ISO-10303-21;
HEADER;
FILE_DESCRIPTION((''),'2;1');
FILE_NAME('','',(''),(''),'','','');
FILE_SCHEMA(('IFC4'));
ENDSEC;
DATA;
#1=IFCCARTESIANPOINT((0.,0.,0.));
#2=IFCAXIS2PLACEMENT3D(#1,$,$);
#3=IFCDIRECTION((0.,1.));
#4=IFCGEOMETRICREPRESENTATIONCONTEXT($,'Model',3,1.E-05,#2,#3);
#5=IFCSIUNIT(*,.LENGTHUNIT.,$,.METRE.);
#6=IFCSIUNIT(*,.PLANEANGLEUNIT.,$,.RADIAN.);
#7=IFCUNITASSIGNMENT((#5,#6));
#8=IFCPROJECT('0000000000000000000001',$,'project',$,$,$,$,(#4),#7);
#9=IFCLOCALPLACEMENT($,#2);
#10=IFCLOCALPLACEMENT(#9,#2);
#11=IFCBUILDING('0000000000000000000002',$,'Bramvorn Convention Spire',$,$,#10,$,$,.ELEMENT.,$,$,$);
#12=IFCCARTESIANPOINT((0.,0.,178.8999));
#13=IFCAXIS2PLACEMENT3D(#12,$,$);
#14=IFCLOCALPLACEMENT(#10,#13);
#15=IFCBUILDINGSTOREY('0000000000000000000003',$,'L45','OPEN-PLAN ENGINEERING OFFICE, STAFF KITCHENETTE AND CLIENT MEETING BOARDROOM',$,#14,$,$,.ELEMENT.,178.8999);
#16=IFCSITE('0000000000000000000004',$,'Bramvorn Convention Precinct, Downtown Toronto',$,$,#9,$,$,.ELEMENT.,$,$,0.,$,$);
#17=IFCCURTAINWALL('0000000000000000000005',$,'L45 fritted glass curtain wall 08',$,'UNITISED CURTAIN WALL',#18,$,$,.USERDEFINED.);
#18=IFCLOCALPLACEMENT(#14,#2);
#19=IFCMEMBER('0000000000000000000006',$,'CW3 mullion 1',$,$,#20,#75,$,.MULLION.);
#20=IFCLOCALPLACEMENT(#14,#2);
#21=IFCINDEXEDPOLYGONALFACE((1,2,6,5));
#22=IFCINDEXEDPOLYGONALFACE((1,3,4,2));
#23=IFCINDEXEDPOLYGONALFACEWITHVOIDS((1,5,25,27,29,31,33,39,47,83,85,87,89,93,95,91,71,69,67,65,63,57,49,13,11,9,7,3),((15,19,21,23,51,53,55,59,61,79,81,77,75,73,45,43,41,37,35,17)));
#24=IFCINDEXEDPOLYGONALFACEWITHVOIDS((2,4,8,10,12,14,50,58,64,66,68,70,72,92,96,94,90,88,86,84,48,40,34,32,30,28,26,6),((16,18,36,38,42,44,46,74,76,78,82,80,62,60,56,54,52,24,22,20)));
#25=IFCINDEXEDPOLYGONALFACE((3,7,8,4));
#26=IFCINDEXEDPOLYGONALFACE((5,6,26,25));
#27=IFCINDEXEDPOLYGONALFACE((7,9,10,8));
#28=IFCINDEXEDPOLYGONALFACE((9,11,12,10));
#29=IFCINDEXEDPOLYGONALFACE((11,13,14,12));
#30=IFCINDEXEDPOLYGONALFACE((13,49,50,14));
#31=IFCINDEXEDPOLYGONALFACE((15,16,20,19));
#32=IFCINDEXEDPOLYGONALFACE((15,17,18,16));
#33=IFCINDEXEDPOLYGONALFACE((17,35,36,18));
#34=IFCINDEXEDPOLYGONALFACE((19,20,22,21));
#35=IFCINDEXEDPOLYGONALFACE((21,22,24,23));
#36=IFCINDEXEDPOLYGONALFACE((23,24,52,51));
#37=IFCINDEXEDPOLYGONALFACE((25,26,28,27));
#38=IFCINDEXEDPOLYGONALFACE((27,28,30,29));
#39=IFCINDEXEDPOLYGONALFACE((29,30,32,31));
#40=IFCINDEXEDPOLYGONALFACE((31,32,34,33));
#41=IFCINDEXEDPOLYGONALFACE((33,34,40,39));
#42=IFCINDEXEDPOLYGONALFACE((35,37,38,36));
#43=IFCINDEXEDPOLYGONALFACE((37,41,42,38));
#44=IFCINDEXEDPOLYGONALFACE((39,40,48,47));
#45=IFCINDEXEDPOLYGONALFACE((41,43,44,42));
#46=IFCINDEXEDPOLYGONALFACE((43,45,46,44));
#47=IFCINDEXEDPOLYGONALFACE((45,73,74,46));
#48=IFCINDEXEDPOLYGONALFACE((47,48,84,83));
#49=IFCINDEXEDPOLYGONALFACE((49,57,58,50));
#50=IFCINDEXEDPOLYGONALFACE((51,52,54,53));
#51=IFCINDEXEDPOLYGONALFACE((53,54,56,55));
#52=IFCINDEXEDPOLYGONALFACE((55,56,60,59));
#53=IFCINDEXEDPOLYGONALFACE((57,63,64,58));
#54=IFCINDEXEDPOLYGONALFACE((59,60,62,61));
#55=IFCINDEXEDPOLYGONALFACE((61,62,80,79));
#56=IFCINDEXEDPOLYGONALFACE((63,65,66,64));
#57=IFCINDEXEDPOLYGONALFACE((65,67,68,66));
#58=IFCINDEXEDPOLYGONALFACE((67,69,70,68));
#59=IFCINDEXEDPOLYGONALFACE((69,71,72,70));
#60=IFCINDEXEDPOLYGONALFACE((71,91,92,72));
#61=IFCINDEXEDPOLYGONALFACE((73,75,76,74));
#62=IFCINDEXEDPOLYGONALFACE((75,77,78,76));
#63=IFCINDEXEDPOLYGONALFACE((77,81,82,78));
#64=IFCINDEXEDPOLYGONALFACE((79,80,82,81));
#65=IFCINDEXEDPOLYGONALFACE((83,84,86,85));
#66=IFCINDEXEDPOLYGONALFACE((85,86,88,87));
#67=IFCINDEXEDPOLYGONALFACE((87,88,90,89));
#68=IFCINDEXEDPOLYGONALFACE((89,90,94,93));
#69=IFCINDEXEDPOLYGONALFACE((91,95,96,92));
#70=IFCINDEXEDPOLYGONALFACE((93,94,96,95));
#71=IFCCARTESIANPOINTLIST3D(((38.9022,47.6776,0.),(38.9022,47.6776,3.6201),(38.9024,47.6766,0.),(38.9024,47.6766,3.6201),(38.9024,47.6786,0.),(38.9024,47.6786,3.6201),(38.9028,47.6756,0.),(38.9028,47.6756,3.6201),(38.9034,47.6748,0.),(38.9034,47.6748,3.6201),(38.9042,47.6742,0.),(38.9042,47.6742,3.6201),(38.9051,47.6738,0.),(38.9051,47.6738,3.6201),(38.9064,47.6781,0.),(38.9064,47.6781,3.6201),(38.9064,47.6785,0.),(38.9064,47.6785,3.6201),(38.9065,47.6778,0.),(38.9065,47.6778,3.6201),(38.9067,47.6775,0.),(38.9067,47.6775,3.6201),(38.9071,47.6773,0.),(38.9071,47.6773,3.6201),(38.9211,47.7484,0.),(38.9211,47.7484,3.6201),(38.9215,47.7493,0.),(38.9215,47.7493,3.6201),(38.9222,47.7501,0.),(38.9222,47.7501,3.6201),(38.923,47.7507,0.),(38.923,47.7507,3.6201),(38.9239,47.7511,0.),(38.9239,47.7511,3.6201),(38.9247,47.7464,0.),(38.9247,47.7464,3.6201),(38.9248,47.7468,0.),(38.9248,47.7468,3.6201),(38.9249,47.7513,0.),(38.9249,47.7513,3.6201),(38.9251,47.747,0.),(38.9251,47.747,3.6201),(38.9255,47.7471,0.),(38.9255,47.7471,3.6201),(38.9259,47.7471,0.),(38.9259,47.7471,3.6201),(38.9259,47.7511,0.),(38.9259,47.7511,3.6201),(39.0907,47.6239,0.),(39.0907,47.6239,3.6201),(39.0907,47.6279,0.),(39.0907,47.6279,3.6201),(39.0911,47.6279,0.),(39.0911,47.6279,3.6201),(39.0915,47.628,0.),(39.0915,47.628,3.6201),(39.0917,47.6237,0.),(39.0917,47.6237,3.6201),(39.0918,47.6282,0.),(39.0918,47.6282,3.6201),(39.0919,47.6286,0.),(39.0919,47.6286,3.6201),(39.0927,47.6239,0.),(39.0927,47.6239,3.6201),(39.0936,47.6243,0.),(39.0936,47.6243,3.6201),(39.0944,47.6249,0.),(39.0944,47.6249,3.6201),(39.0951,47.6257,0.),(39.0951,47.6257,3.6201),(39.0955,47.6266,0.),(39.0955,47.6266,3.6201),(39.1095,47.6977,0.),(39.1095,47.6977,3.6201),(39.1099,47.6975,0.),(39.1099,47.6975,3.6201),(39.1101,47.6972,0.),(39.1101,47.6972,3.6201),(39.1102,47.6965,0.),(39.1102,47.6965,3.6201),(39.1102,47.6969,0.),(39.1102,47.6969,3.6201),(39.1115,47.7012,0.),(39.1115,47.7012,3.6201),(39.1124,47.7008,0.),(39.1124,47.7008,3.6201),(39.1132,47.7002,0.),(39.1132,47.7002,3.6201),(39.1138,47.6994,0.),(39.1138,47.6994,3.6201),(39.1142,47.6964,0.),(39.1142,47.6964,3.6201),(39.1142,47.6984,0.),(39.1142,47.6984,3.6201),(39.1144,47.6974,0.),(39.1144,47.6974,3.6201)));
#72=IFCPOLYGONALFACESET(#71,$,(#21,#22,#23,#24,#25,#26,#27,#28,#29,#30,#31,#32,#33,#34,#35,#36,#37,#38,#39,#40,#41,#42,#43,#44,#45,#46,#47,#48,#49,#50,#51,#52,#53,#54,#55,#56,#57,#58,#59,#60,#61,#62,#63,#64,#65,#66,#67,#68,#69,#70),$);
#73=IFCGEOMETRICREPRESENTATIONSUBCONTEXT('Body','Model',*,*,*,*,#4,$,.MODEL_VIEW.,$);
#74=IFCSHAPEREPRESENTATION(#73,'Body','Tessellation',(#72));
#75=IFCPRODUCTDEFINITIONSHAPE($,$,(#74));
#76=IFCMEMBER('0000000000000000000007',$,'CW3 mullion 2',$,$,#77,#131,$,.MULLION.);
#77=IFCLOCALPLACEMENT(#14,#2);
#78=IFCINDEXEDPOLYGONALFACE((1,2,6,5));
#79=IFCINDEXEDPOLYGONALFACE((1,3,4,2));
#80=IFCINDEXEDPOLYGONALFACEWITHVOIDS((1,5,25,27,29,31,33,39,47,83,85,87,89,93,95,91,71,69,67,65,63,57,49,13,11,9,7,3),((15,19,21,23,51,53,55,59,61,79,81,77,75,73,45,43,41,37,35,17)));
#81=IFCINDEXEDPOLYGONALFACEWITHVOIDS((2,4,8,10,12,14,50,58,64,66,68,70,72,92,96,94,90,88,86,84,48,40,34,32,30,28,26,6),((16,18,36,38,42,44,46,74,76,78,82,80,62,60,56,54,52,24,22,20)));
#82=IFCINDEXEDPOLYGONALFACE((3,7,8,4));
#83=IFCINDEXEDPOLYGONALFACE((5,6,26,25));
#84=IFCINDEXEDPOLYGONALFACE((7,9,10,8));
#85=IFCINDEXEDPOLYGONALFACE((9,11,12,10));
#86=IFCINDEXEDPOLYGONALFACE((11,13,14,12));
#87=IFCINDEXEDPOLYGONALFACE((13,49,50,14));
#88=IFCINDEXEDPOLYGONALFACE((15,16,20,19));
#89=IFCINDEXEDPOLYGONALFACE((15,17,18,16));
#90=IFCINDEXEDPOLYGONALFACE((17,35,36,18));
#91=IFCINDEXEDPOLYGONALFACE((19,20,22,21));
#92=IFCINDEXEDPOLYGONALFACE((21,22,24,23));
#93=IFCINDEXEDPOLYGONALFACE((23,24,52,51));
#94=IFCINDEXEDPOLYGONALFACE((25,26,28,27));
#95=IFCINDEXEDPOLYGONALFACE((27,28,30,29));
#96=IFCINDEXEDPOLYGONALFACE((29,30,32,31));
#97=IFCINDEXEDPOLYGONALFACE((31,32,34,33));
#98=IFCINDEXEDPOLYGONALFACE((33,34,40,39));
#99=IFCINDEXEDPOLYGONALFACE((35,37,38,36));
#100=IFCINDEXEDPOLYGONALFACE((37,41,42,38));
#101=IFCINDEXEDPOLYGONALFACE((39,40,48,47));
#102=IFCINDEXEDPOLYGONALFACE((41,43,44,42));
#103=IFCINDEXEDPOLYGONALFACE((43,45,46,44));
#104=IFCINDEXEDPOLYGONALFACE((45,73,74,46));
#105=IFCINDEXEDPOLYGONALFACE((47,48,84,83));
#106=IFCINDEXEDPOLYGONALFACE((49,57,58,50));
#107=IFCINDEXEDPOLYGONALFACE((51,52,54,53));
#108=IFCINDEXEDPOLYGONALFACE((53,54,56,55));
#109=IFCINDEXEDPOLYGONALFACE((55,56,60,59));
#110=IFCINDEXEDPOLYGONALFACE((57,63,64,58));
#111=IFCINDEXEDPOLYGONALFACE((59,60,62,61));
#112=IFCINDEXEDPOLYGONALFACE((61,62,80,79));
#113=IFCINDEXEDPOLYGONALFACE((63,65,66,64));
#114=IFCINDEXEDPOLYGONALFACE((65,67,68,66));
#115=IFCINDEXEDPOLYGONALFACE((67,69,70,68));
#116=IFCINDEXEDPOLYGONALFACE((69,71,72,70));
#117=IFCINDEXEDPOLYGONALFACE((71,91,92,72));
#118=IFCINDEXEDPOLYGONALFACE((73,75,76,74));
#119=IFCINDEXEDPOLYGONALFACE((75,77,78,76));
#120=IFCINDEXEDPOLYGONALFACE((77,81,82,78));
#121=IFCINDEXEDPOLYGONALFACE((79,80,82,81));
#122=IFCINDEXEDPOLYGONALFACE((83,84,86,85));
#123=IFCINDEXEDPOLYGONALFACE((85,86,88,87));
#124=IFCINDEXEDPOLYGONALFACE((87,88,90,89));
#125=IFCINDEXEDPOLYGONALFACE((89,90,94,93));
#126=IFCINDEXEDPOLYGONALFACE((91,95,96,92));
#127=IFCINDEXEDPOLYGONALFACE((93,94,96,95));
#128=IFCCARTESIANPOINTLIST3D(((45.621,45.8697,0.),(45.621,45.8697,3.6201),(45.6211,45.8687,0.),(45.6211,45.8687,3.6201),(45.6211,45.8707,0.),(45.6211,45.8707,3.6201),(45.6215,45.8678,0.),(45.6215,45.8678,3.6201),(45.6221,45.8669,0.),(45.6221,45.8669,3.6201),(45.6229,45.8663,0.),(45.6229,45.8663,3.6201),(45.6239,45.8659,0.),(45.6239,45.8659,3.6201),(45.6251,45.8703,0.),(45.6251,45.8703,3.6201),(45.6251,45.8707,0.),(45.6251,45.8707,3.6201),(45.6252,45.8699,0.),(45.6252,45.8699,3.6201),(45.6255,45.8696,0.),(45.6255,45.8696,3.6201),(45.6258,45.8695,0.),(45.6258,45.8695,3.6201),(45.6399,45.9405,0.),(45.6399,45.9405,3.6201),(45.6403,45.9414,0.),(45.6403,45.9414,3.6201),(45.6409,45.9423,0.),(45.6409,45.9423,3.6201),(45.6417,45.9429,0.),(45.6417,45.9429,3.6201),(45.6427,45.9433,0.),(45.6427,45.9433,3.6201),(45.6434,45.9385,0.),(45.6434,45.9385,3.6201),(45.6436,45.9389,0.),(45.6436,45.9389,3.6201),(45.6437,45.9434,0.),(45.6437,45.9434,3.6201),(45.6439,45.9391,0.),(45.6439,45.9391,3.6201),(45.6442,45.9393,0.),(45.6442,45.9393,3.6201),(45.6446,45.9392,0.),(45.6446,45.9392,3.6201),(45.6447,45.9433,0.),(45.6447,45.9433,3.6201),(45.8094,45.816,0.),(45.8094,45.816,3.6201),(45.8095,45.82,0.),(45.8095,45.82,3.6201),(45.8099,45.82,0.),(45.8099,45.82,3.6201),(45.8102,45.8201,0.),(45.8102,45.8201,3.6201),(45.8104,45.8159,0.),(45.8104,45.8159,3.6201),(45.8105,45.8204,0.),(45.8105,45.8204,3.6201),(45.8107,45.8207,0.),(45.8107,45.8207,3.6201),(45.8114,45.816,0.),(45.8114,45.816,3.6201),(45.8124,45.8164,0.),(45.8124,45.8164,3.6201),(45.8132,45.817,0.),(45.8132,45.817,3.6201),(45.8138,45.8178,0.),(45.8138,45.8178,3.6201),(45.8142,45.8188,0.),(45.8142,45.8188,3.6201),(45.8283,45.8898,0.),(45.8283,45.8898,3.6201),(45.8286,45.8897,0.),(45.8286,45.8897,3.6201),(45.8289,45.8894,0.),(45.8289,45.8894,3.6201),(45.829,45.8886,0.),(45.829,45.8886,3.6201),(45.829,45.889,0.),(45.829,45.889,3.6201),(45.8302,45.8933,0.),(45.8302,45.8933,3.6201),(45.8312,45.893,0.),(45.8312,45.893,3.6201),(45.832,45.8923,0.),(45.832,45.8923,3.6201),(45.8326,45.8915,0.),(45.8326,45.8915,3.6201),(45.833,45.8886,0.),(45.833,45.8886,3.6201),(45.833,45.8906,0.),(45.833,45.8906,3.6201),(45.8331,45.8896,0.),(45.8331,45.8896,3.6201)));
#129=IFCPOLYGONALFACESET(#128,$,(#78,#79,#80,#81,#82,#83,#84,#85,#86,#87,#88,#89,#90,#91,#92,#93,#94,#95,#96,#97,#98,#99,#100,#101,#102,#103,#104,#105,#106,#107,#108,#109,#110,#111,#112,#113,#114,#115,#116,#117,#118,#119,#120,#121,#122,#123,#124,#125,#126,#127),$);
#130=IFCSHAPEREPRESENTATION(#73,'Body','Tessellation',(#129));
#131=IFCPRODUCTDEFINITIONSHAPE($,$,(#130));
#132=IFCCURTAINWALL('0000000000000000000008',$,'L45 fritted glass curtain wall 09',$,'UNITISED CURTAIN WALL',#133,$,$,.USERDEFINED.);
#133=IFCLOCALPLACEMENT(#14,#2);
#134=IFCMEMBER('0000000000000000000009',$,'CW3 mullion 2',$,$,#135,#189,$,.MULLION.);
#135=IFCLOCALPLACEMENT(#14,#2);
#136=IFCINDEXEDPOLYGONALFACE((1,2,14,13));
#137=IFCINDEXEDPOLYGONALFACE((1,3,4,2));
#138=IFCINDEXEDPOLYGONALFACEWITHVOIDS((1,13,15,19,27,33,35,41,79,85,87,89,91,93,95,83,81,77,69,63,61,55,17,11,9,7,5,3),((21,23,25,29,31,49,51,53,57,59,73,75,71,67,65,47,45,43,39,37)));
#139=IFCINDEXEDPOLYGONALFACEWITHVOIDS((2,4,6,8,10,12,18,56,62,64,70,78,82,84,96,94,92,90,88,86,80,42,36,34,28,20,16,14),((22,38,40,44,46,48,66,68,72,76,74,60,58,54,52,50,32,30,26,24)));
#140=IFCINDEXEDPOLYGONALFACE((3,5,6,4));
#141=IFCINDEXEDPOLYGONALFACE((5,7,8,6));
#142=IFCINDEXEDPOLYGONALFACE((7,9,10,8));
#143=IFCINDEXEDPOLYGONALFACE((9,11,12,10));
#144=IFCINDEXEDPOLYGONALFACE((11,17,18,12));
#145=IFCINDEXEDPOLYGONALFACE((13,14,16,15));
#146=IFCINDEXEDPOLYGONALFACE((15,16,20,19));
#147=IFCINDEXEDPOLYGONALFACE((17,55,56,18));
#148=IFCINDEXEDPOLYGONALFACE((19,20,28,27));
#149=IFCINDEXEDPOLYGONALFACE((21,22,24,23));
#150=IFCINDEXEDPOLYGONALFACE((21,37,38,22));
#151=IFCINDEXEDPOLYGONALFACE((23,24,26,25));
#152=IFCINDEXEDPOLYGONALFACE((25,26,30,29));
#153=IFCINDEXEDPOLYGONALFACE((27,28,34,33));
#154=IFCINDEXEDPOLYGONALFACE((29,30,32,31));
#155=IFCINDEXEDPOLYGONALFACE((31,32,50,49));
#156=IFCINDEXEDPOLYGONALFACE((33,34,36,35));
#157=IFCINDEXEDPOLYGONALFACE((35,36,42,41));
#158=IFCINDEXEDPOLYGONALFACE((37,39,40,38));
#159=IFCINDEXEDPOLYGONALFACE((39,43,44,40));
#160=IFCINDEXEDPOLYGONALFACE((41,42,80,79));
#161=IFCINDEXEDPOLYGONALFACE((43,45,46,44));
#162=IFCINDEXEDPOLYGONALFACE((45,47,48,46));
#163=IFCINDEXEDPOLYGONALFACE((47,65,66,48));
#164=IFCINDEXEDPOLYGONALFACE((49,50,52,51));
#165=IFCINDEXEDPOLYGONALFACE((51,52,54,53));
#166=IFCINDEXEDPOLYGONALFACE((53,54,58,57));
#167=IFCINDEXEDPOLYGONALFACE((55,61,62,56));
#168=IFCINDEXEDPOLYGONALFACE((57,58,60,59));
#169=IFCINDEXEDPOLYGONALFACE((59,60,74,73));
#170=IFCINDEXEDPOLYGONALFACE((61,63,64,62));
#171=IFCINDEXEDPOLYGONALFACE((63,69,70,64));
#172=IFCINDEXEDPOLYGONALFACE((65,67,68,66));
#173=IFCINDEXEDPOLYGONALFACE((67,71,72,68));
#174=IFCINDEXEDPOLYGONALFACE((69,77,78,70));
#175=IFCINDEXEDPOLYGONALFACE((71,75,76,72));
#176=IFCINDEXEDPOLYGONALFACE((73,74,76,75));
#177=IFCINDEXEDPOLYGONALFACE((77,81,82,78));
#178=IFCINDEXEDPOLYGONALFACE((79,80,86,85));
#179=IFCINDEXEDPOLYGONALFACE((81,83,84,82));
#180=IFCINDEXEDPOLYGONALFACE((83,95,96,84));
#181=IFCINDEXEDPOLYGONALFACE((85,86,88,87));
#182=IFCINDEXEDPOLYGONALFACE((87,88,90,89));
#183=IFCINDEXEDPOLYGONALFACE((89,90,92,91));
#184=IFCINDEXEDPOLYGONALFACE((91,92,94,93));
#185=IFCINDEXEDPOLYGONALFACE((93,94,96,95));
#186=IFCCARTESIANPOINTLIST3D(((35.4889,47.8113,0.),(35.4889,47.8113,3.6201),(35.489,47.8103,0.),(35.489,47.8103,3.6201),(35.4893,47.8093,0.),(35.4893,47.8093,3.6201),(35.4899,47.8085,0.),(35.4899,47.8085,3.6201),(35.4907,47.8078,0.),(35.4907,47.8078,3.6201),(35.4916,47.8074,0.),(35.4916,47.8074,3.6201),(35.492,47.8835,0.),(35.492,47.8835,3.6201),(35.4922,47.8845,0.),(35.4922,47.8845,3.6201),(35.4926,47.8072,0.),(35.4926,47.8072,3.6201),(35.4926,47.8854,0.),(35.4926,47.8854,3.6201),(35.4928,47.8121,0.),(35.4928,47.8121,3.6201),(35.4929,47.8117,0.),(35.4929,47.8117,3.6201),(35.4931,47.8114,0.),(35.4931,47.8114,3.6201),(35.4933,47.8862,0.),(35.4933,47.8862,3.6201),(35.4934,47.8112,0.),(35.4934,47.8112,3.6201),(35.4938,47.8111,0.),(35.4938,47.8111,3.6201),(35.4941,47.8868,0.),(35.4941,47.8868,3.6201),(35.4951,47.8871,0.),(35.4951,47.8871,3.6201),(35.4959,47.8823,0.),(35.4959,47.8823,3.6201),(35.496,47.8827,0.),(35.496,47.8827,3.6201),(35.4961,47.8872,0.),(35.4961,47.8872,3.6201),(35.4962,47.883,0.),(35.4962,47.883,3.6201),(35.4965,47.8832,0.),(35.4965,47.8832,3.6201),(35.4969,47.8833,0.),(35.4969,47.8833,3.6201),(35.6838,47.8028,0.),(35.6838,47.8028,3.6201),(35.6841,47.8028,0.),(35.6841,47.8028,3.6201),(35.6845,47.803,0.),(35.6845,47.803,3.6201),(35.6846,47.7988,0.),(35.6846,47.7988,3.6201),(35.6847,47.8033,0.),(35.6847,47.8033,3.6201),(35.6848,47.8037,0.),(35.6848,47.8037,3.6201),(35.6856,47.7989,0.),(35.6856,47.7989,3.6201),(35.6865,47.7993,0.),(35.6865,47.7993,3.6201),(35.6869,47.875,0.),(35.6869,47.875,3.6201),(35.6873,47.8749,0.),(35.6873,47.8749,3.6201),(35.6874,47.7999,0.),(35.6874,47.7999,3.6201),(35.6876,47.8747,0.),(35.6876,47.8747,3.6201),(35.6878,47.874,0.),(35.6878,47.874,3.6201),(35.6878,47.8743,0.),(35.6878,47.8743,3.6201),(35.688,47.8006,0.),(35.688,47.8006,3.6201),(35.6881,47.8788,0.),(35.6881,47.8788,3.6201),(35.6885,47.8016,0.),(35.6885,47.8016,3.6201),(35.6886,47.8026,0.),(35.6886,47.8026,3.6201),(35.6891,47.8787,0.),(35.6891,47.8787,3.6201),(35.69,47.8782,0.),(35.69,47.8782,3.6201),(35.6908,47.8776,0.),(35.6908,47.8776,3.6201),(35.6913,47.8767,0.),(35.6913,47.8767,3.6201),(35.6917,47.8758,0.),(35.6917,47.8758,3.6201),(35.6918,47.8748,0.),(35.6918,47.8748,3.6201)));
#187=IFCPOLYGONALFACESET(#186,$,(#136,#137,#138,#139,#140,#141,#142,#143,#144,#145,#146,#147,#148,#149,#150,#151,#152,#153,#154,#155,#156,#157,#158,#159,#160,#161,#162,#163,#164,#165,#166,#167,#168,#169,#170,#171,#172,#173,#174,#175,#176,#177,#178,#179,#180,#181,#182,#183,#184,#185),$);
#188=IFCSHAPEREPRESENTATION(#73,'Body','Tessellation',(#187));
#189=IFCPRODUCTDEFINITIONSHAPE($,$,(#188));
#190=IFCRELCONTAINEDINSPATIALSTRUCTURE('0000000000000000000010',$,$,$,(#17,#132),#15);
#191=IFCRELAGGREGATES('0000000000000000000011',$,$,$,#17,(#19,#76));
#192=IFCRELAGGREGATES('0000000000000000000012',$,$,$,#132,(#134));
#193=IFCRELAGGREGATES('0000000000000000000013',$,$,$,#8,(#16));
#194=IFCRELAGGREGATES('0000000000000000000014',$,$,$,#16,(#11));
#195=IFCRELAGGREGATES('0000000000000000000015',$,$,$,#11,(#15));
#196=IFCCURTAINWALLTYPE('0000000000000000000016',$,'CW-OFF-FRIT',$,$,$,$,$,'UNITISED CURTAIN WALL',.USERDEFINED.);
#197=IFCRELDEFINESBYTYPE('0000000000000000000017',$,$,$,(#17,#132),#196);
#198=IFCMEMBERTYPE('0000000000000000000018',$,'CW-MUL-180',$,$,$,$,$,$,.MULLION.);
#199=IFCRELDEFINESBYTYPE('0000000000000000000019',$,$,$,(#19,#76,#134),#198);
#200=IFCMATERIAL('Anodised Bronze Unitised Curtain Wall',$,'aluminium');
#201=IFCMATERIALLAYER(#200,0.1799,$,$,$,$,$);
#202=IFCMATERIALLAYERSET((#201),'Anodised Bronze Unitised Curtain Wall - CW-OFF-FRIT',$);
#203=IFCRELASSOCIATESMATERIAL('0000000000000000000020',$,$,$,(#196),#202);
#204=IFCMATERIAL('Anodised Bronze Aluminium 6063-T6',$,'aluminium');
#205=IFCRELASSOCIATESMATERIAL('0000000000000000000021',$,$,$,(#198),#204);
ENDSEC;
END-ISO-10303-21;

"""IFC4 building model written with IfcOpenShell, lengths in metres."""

from ifc_helpers import new_model, si_unit, direction, frame, origin, origin_2d, place, context, subcontext, project, spatial, hollow_rectangle, extrude, material, layer, layer_set, material_profile, profile_set, type_object, element, aggregate, save


model = new_model("IFC4")

# Units and contexts
model_context = context("Model", 3, precision=1e-05, world=origin(), true_north=direction((0.0, 1.0)))
body_context = subcontext(model_context, "Body", "Model", "MODEL_VIEW")
ifc_project = project(units=[si_unit("LENGTHUNIT", "METRE"), si_unit("PLANEANGLEUNIT", "RADIAN")], contexts=[model_context])

# Site, building, storey
site_placement = place(None, origin())
site = spatial("IfcSite", under=ifc_project, at=site_placement, Name="Bramvorn Convention Precinct, Downtown Toronto", CompositionType="ELEMENT", RefElevation=0.0)
building_placement = place(site_placement, origin())
building = spatial("IfcBuilding", under=site, at=building_placement, Name="Bramvorn Convention Spire", CompositionType="ELEMENT")
storey_placement = place(building_placement, frame((0.0, 0.0, 178.8999)))
storey = spatial("IfcBuildingStorey", under=building, at=storey_placement, Name="L45", Description="OPEN-PLAN ENGINEERING OFFICE, STAFF KITCHENETTE AND CLIENT MEETING BOARDROOM", CompositionType="ELEMENT", Elevation=178.8999)

# Curtain walls, members
ifc_material_1 = material(Name="Anodised Bronze Unitised Curtain Wall", Category="aluminium")
ifc_layer_1 = layer(ifc_material_1, 0.1799)
ifc_layer_set_1 = layer_set([ifc_layer_1], Name="Anodised Bronze Unitised Curtain Wall - CW-OFF-FRIT")
curtain_wall_type = type_object("IfcCurtainWallType", Name="CW-OFF-FRIT", ElementType="UNITISED CURTAIN WALL", PredefinedType="USERDEFINED", material=ifc_layer_set_1)
curtain_wall_1_placement = place(storey_placement, origin())
curtain_wall_1 = element("IfcCurtainWall", 1, at=curtain_wall_1_placement, inside=storey, type_object=curtain_wall_type, Name="L45 fritted glass curtain wall 08", ObjectType="UNITISED CURTAIN WALL", PredefinedType="USERDEFINED")
ifc_material_2 = material(Name="Anodised Bronze Aluminium 6063-T6", Category="aluminium")
ifc_material_profile_1 = material_profile(ifc_material_2, hollow_rectangle(XDim=0.0801, YDim=0.2, WallThickness=0.0039, InnerFilletRadius=0.001, OuterFilletRadius=0.0039, at=origin_2d()))
ifc_profile_set_1 = profile_set([ifc_material_profile_1], Name="Anodised Bronze Aluminium 6063-T6 - CWM80X200")
member_type_1 = type_object("IfcMemberType", Name="CW-MUL-180", PredefinedType="MULLION", material=ifc_profile_set_1)
member_1_placement = place(storey_placement, frame((39.0083, 47.6875, 0.0), z_axis=(0.0, 0.0, 1.0), x_axis=(0.259818, 0.965658, 0.0)))
member_1 = element("IfcMember", 2, at=member_1_placement, type_object=member_type_1, Name="CW3 mullion 1", PredefinedType="MULLION", context=body_context, shape_type="SweptSolid", body=[
    extrude(hollow_rectangle(XDim=0.0801, YDim=0.2, WallThickness=0.0039, InnerFilletRadius=0.001, OuterFilletRadius=0.0039, at=origin_2d()), origin(), (0.0, 0.0, 1.0), 3.6201),
])
member_2_placement = place(storey_placement, frame((45.7271, 45.8796, 0.0), z_axis=(0.0, 0.0, 1.0), x_axis=(0.259818, 0.965658, 0.0)))
member_2 = element("IfcMember", 3, at=member_2_placement, type_object=member_type_1, Name="CW3 mullion 2", PredefinedType="MULLION", context=body_context, shape_type="SweptSolid", body=[
    extrude(hollow_rectangle(XDim=0.0801, YDim=0.2, WallThickness=0.0039, InnerFilletRadius=0.001, OuterFilletRadius=0.0039, at=origin_2d()), origin(), (0.0, 0.0, 1.0), 3.6201),
])
curtain_wall_2_placement = place(storey_placement, origin())
curtain_wall_2 = element("IfcCurtainWall", 4, at=curtain_wall_2_placement, inside=storey, type_object=curtain_wall_type, Name="L45 fritted glass curtain wall 09", ObjectType="UNITISED CURTAIN WALL", PredefinedType="USERDEFINED")
member_3_placement = place(storey_placement, frame((35.5903, 47.843, 0.0), z_axis=(0.0, 0.0, 1.0), x_axis=(0.04357, 0.99905, 0.0)))
member_3 = element("IfcMember", 5, at=member_3_placement, type_object=member_type_1, Name="CW3 mullion 2", PredefinedType="MULLION", context=body_context, shape_type="SweptSolid", body=[
    extrude(hollow_rectangle(XDim=0.0801, YDim=0.2, WallThickness=0.0039, InnerFilletRadius=0.001, OuterFilletRadius=0.0039, at=origin_2d()), origin(), (0.0, 0.0, 1.0), 3.6201),
])

aggregate(curtain_wall_1, [member_1, member_2])
aggregate(curtain_wall_2, [member_3])

save(model, "model.ifc")
